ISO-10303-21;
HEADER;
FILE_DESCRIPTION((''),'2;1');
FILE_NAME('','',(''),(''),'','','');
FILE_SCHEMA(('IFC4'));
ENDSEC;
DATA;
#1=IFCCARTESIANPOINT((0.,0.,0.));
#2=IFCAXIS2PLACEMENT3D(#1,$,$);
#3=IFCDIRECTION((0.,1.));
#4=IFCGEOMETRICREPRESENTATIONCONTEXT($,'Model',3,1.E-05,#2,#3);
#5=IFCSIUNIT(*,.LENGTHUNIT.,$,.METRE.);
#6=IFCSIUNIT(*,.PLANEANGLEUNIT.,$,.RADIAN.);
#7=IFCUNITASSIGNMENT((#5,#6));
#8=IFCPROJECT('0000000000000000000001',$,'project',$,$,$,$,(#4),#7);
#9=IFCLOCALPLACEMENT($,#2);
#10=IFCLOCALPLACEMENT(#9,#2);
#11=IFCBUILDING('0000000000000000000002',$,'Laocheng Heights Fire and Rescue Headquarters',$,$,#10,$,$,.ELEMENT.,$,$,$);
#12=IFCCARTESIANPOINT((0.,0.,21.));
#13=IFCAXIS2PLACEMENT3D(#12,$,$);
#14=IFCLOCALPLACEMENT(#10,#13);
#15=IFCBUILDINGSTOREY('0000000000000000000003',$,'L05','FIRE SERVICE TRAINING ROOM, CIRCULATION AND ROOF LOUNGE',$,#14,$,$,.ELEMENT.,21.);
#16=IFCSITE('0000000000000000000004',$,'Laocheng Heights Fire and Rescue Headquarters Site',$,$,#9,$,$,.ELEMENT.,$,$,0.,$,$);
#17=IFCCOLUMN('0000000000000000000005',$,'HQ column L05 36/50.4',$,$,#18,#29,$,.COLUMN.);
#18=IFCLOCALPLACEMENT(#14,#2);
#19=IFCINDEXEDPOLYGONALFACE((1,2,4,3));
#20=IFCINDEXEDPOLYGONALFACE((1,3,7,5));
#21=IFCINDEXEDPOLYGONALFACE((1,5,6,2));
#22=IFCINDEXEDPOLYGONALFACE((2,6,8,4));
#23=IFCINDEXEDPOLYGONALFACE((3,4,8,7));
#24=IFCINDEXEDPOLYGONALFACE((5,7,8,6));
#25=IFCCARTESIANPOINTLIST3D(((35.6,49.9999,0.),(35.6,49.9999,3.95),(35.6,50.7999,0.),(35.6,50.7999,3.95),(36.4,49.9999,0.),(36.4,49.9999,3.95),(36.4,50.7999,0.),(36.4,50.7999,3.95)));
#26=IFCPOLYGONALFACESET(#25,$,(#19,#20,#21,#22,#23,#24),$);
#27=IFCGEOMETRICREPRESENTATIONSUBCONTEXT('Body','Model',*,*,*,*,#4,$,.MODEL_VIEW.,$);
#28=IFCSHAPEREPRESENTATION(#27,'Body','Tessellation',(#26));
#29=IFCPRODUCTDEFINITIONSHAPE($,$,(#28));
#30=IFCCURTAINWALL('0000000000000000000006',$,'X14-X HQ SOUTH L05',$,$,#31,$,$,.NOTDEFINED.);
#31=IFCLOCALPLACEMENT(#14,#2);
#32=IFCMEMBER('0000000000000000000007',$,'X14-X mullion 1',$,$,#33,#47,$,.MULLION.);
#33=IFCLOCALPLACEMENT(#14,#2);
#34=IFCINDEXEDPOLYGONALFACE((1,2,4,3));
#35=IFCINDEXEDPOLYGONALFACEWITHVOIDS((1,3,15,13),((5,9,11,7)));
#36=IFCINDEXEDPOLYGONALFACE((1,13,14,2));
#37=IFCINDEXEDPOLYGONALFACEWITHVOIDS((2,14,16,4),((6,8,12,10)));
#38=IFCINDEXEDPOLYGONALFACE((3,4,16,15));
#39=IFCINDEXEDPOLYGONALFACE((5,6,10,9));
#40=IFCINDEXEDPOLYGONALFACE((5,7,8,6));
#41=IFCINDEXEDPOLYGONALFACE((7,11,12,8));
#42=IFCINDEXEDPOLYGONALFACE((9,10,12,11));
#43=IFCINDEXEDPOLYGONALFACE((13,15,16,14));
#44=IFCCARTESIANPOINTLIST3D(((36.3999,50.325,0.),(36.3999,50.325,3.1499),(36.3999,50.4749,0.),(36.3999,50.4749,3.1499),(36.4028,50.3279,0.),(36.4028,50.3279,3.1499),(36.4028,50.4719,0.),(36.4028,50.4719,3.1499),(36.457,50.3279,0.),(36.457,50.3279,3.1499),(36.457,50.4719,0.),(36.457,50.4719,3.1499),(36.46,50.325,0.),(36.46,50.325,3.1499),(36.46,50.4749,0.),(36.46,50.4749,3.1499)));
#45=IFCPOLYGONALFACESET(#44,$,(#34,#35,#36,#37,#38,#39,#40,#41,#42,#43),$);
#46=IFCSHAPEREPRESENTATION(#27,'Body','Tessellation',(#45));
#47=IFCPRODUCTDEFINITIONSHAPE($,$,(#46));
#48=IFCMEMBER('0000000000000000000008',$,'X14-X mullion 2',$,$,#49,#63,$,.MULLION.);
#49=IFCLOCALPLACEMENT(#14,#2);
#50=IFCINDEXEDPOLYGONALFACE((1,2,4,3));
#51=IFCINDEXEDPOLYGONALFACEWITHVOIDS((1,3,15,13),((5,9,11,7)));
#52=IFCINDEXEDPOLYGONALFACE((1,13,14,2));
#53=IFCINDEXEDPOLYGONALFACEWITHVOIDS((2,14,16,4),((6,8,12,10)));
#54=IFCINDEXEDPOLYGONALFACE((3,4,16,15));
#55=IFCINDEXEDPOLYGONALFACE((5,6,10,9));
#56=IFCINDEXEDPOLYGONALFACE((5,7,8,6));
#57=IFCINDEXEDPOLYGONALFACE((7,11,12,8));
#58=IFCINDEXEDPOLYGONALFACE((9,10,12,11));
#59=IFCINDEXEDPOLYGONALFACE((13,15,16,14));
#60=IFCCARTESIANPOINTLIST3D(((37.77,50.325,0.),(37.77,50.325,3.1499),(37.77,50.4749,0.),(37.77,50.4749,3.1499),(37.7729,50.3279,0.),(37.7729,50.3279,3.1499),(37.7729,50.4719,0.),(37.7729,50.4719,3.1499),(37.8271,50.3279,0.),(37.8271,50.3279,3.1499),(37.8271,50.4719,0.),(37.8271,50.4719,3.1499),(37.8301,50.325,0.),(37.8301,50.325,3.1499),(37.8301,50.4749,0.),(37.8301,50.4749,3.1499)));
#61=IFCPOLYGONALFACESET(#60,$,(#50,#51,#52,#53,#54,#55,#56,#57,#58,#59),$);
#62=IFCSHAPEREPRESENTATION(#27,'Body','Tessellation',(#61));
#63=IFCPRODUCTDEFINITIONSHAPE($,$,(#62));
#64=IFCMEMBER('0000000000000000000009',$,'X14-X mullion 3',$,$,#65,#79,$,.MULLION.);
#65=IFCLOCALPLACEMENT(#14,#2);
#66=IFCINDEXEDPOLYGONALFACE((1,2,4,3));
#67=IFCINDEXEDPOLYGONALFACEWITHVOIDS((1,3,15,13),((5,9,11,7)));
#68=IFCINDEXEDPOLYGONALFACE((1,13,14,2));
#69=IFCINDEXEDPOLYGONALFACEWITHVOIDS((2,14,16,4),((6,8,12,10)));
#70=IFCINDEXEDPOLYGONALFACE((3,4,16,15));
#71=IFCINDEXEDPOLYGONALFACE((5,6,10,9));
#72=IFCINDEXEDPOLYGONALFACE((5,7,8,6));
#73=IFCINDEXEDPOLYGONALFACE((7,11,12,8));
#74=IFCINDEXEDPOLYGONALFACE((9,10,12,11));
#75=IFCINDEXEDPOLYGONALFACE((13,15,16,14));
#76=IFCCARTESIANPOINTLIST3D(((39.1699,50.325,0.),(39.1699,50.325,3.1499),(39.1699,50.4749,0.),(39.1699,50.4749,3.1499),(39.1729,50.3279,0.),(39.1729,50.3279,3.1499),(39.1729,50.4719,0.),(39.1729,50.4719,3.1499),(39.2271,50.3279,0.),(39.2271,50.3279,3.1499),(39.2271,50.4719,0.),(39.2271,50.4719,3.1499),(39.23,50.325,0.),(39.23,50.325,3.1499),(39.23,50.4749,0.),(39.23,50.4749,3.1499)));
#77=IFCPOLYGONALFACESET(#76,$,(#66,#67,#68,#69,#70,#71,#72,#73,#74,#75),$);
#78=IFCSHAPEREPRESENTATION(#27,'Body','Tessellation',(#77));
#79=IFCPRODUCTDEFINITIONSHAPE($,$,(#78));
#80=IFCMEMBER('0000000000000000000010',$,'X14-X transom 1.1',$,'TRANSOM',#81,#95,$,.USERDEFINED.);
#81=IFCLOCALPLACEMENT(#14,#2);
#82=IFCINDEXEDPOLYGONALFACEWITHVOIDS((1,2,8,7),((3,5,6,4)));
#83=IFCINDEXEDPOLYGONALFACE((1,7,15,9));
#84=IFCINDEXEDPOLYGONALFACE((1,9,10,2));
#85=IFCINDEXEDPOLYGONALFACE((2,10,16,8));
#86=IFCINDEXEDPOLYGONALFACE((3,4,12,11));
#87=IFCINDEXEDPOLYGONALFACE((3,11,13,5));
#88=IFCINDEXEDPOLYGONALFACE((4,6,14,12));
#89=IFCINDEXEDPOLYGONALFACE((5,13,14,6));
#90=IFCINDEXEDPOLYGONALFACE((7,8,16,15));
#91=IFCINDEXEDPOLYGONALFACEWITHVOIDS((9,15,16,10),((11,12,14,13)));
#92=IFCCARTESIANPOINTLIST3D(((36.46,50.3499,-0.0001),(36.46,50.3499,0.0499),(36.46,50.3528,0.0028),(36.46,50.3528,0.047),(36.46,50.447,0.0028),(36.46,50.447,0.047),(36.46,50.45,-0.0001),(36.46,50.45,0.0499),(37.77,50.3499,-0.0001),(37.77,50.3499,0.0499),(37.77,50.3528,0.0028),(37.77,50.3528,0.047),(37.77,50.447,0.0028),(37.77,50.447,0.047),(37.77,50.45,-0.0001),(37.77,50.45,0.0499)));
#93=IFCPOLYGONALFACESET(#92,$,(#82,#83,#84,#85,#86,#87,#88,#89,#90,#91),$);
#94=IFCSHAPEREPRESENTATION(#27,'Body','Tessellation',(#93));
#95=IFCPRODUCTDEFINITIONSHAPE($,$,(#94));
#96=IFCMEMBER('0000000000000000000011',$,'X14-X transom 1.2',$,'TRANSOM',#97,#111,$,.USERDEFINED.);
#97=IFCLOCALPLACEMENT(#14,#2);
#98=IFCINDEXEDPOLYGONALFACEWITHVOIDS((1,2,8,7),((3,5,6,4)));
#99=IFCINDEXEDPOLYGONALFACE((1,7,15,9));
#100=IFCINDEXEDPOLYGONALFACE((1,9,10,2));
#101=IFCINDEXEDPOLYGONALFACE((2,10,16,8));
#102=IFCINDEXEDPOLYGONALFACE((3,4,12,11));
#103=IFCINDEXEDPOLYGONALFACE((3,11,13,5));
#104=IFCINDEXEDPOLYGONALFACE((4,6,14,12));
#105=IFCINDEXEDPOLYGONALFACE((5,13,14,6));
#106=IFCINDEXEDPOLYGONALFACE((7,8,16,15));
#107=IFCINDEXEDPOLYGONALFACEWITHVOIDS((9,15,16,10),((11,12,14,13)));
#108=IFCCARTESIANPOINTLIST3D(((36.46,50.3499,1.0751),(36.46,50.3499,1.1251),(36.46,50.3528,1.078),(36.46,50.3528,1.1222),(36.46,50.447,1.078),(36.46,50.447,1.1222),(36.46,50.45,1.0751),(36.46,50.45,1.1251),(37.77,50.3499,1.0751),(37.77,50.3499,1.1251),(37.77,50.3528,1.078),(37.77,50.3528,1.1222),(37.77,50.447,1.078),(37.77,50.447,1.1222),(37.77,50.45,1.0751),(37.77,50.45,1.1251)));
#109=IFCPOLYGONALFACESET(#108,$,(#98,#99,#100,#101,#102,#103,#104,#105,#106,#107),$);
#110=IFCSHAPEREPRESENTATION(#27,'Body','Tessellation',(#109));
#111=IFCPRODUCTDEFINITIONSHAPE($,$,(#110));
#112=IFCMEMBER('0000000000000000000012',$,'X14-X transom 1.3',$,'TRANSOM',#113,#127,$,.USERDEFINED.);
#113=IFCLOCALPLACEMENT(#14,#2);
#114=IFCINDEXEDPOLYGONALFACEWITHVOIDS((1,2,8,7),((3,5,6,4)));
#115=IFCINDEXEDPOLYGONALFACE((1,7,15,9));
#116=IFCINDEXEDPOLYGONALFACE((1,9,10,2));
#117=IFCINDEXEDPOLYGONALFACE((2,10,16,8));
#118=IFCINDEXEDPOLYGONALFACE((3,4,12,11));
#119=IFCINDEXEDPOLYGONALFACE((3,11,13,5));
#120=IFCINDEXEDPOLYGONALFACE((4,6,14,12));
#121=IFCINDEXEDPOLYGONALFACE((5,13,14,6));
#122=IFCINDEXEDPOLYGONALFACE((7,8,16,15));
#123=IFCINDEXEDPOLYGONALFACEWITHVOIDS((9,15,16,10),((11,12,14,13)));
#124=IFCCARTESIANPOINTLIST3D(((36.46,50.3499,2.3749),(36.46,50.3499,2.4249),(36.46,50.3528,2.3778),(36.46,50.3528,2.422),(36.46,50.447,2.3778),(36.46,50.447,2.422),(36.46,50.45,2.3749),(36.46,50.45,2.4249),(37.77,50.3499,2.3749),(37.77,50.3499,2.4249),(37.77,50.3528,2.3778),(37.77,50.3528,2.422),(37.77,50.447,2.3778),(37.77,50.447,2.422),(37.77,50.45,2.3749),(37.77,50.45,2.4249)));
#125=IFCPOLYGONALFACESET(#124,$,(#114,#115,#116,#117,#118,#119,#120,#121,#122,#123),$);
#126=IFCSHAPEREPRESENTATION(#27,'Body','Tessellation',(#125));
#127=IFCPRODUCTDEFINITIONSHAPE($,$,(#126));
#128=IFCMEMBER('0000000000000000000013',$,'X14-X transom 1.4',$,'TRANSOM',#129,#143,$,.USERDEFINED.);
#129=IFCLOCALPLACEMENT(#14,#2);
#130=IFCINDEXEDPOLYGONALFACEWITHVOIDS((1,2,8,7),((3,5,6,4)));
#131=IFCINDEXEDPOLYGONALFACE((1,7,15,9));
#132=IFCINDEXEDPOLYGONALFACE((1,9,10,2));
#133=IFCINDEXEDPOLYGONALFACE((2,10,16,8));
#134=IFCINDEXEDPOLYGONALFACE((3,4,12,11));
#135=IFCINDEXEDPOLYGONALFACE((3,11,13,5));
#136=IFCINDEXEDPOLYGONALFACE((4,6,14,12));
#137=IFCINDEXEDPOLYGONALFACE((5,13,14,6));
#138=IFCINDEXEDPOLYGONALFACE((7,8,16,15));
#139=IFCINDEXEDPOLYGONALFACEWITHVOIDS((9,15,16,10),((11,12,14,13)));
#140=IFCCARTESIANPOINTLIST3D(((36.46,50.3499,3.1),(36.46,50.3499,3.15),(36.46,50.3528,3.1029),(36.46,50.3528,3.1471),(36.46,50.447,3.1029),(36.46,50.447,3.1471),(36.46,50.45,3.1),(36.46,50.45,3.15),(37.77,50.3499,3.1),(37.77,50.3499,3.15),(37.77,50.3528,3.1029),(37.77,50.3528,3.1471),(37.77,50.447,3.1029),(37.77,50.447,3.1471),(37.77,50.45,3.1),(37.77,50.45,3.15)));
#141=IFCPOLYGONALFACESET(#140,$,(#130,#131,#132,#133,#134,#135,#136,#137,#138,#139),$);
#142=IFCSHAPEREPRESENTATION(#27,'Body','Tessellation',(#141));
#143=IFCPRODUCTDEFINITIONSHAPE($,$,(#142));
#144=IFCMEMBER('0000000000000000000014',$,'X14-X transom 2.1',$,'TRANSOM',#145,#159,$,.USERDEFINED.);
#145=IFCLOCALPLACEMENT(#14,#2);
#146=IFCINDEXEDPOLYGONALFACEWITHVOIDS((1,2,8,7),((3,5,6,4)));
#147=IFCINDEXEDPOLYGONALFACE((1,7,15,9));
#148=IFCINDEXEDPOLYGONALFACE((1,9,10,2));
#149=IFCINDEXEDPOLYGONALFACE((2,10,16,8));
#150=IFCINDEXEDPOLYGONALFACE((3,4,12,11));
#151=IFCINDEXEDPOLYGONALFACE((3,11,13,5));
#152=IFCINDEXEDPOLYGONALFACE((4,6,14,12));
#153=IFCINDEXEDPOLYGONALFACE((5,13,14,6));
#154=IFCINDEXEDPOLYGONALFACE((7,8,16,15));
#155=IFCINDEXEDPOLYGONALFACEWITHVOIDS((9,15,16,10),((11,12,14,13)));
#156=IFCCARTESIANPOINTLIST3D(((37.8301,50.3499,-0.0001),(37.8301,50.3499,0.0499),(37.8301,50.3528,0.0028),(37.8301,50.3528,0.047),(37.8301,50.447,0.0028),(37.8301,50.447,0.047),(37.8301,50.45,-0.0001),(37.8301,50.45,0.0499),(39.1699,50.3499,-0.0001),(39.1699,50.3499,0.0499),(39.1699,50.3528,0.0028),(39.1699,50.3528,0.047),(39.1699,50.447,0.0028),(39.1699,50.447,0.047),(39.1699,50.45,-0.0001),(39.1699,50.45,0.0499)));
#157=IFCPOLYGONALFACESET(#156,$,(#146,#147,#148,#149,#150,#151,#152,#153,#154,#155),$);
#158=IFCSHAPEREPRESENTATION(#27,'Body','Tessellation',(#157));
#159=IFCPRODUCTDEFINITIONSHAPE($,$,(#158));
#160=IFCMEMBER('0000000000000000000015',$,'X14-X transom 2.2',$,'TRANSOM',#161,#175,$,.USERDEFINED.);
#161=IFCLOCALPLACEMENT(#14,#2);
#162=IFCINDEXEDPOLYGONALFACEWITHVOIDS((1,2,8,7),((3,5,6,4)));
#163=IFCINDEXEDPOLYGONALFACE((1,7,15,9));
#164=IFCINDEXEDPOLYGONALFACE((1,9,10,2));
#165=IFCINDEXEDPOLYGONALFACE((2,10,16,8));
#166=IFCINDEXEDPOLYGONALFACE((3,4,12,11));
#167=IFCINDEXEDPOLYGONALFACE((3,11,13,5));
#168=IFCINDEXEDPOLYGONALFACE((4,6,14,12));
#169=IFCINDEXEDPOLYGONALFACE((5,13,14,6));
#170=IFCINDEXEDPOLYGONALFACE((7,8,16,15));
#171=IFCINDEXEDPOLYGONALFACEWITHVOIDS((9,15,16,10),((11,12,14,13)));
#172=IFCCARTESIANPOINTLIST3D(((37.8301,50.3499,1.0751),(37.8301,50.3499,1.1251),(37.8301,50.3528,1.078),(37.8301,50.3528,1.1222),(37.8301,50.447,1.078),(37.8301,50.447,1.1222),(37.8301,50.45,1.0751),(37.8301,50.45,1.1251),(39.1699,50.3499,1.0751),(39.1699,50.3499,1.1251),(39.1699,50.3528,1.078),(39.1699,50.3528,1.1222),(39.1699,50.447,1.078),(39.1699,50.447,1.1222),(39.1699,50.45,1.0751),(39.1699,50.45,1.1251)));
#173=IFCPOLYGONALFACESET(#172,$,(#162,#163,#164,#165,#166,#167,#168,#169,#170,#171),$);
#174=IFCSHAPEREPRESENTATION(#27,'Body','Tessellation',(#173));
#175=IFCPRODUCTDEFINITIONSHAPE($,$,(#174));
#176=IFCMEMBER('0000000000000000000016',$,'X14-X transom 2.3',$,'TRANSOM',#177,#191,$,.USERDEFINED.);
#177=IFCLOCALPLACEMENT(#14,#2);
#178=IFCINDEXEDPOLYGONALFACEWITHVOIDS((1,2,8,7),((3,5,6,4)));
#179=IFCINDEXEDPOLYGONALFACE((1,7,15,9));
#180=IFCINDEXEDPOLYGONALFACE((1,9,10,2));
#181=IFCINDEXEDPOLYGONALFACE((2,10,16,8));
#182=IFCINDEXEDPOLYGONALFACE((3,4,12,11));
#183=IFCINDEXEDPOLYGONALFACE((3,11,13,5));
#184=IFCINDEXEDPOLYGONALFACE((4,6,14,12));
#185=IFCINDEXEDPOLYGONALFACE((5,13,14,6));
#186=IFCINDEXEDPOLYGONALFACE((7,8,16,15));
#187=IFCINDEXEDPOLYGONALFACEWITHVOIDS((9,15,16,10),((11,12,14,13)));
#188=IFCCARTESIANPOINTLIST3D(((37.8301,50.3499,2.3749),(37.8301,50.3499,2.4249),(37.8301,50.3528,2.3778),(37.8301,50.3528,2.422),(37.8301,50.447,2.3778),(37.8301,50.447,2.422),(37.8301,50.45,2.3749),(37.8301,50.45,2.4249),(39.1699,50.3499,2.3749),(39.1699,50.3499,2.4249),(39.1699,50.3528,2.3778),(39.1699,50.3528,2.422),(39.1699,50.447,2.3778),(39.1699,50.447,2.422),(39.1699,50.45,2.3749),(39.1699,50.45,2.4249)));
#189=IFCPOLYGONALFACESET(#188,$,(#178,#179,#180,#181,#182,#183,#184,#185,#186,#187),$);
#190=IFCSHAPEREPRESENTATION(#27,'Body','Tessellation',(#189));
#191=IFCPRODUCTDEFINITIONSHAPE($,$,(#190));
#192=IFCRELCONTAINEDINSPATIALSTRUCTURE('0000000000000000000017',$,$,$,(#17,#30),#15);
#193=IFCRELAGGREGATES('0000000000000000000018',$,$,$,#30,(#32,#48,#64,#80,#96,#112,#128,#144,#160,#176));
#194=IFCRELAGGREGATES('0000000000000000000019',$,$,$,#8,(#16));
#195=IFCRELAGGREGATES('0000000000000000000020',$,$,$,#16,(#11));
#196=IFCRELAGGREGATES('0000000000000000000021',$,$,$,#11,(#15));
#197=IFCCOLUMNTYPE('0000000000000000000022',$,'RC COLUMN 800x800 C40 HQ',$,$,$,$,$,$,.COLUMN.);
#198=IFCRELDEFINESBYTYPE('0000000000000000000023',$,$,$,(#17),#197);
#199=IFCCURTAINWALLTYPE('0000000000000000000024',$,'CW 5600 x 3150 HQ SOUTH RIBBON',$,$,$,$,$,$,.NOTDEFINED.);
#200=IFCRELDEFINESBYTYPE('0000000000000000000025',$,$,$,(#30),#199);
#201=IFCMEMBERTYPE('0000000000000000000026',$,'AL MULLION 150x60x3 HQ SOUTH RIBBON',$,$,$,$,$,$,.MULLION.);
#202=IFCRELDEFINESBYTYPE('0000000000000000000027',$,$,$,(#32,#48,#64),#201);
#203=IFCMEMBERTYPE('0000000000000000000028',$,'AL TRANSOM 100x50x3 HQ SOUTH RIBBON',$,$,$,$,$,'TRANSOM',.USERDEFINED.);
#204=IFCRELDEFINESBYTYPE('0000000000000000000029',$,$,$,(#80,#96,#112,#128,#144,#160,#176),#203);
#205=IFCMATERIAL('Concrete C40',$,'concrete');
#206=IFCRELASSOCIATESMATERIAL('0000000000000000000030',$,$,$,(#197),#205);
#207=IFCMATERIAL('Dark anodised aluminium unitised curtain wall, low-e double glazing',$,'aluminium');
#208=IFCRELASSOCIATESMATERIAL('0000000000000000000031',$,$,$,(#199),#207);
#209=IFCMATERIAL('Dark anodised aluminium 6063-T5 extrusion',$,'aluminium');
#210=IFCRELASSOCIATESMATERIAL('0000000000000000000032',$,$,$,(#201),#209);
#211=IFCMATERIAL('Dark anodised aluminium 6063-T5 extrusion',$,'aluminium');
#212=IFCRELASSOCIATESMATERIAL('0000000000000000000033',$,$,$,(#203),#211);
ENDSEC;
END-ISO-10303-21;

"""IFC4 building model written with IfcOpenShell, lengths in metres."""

from ifc_helpers import new_model, si_unit, direction, frame, origin, origin_2d, place, context, subcontext, project, spatial, rectangle, hollow_rectangle, extrude, material, material_profile, profile_set, type_object, element, aggregate, save


model = new_model("IFC4")

# Units and contexts
model_context = context("Model", 3, precision=1e-05, world=origin(), true_north=direction((0.0, 1.0)))
body_context = subcontext(model_context, "Body", "Model", "MODEL_VIEW")
ifc_project = project(units=[si_unit("LENGTHUNIT", "METRE"), si_unit("PLANEANGLEUNIT", "RADIAN")], contexts=[model_context])

# Site, building, storey
site_placement = place(None, origin())
site = spatial("IfcSite", under=ifc_project, at=site_placement, Name="Laocheng Heights Fire and Rescue Headquarters Site", CompositionType="ELEMENT", RefElevation=0.0)
building_placement = place(site_placement, origin())
building = spatial("IfcBuilding", under=site, at=building_placement, Name="Laocheng Heights Fire and Rescue Headquarters", CompositionType="ELEMENT")
storey_placement = place(building_placement, frame((0.0, 0.0, 21.0)))
storey = spatial("IfcBuildingStorey", under=building, at=storey_placement, Name="L05", Description="FIRE SERVICE TRAINING ROOM, CIRCULATION AND ROOF LOUNGE", CompositionType="ELEMENT", Elevation=21.0)

# Column
ifc_material_1 = material(Name="Concrete C40", Category="concrete")
ifc_material_profile_1 = material_profile(ifc_material_1, rectangle(XDim=0.8, YDim=0.8, at=origin_2d()), Name="RC COLUMN 800x800 C40 HQ")
ifc_profile_set_1 = profile_set([ifc_material_profile_1], Name="Concrete C40")
column_type = type_object("IfcColumnType", Name="RC COLUMN 800x800 C40 HQ", PredefinedType="COLUMN", material=ifc_profile_set_1)
column_placement = place(storey_placement, frame((36.0, 50.3999, 0.0), z_axis=(0.0, 0.0, 1.0), x_axis=(1.0, 0.0, 0.0)))
element("IfcColumn", 1, at=column_placement, inside=storey, type_object=column_type, Name="HQ column L05 36/50.4", PredefinedType="COLUMN", context=body_context, shape_type="SweptSolid", body=[
    extrude(rectangle(XDim=0.8, YDim=0.8, at=origin_2d()), origin(), (0.0, 0.0, 1.0), 3.95),
])

# Curtain wall, members
ifc_material_2 = material(Name="Dark anodised aluminium unitised curtain wall, low-e double glazing", Category="aluminium")
curtain_wall_type = type_object("IfcCurtainWallType", Name="CW 5600 x 3150 HQ SOUTH RIBBON", PredefinedType="NOTDEFINED", material=ifc_material_2)
curtain_wall_placement = place(storey_placement, origin())
curtain_wall = element("IfcCurtainWall", 2, at=curtain_wall_placement, inside=storey, type_object=curtain_wall_type, Name="X14-X HQ SOUTH L05", PredefinedType="NOTDEFINED")
ifc_material_3 = material(Name="Dark anodised aluminium 6063-T5 extrusion", Category="aluminium")
ifc_material_profile_2 = material_profile(ifc_material_3, hollow_rectangle(XDim=0.1499, YDim=0.0601, WallThickness=0.0029, at=origin_2d()), Name="AL MULLION 150x60x3 HQ SOUTH RIBBON")
ifc_profile_set_2 = profile_set([ifc_material_profile_2], Name="Dark anodised aluminium 6063-T5 extrusion")
member_type_1 = type_object("IfcMemberType", Name="AL MULLION 150x60x3 HQ SOUTH RIBBON", PredefinedType="MULLION", material=ifc_profile_set_2)
member_1_placement = place(storey_placement, frame((36.4299, 50.3999, 0.0), z_axis=(0.0, 0.0, 1.0), x_axis=(0.0, 1.0, 0.0)))
member_1 = element("IfcMember", 3, at=member_1_placement, type_object=member_type_1, Name="X14-X mullion 1", PredefinedType="MULLION", context=body_context, shape_type="SweptSolid", body=[
    extrude(hollow_rectangle(XDim=0.1499, YDim=0.0601, WallThickness=0.0029, at=origin_2d()), origin(), (0.0, 0.0, 1.0), 3.1499),
])
member_2_placement = place(storey_placement, frame((37.8, 50.3999, 0.0), z_axis=(0.0, 0.0, 1.0), x_axis=(0.0, 1.0, 0.0)))
member_2 = element("IfcMember", 4, at=member_2_placement, type_object=member_type_1, Name="X14-X mullion 2", PredefinedType="MULLION", context=body_context, shape_type="SweptSolid", body=[
    extrude(hollow_rectangle(XDim=0.1499, YDim=0.0601, WallThickness=0.0029, at=origin_2d()), origin(), (0.0, 0.0, 1.0), 3.1499),
])
member_3_placement = place(storey_placement, frame((39.2, 50.3999, 0.0), z_axis=(0.0, 0.0, 1.0), x_axis=(0.0, 1.0, 0.0)))
member_3 = element("IfcMember", 5, at=member_3_placement, type_object=member_type_1, Name="X14-X mullion 3", PredefinedType="MULLION", context=body_context, shape_type="SweptSolid", body=[
    extrude(hollow_rectangle(XDim=0.1499, YDim=0.0601, WallThickness=0.0029, at=origin_2d()), origin(), (0.0, 0.0, 1.0), 3.1499),
])
ifc_material_4 = material(Name="Dark anodised aluminium 6063-T5 extrusion", Category="aluminium")
ifc_material_profile_3 = material_profile(ifc_material_4, hollow_rectangle(XDim=0.1001, YDim=0.05, WallThickness=0.0029, at=origin_2d()), Name="AL TRANSOM 100x50x3 HQ SOUTH RIBBON")
ifc_profile_set_3 = profile_set([ifc_material_profile_3], Name="Dark anodised aluminium 6063-T5 extrusion")
member_type_2 = type_object("IfcMemberType", Name="AL TRANSOM 100x50x3 HQ SOUTH RIBBON", ElementType="TRANSOM", PredefinedType="USERDEFINED", material=ifc_profile_set_3)
member_4_placement = place(storey_placement, frame((36.46, 50.3999, 0.0249), z_axis=(1.0, 0.0, 0.0), x_axis=(0.0, 1.0, 0.0)))
member_4 = element("IfcMember", 6, at=member_4_placement, type_object=member_type_2, Name="X14-X transom 1.1", ObjectType="TRANSOM", PredefinedType="USERDEFINED", context=body_context, shape_type="SweptSolid", body=[
    extrude(hollow_rectangle(XDim=0.1001, YDim=0.05, WallThickness=0.0029, at=origin_2d()), origin(), (0.0, 0.0, 1.0), 1.3101),
])
member_5_placement = place(storey_placement, frame((36.46, 50.3999, 1.1001), z_axis=(1.0, 0.0, 0.0), x_axis=(0.0, 1.0, 0.0)))
member_5 = element("IfcMember", 7, at=member_5_placement, type_object=member_type_2, Name="X14-X transom 1.2", ObjectType="TRANSOM", PredefinedType="USERDEFINED", context=body_context, shape_type="SweptSolid", body=[
    extrude(hollow_rectangle(XDim=0.1001, YDim=0.05, WallThickness=0.0029, at=origin_2d()), origin(), (0.0, 0.0, 1.0), 1.3101),
])
member_6_placement = place(storey_placement, frame((36.46, 50.3999, 2.3999), z_axis=(1.0, 0.0, 0.0), x_axis=(0.0, 1.0, 0.0)))
member_6 = element("IfcMember", 8, at=member_6_placement, type_object=member_type_2, Name="X14-X transom 1.3", ObjectType="TRANSOM", PredefinedType="USERDEFINED", context=body_context, shape_type="SweptSolid", body=[
    extrude(hollow_rectangle(XDim=0.1001, YDim=0.05, WallThickness=0.0029, at=origin_2d()), origin(), (0.0, 0.0, 1.0), 1.3101),
])
member_7_placement = place(storey_placement, frame((36.46, 50.3999, 3.125), z_axis=(1.0, 0.0, 0.0), x_axis=(0.0, 1.0, 0.0)))
member_7 = element("IfcMember", 9, at=member_7_placement, type_object=member_type_2, Name="X14-X transom 1.4", ObjectType="TRANSOM", PredefinedType="USERDEFINED", context=body_context, shape_type="SweptSolid", body=[
    extrude(hollow_rectangle(XDim=0.1001, YDim=0.05, WallThickness=0.0029, at=origin_2d()), origin(), (0.0, 0.0, 1.0), 1.3101),
])
member_8_placement = place(storey_placement, frame((37.8301, 50.3999, 0.0249), z_axis=(1.0, 0.0, 0.0), x_axis=(0.0, 1.0, 0.0)))
member_8 = element("IfcMember", 10, at=member_8_placement, type_object=member_type_2, Name="X14-X transom 2.1", ObjectType="TRANSOM", PredefinedType="USERDEFINED", context=body_context, shape_type="SweptSolid", body=[
    extrude(hollow_rectangle(XDim=0.1001, YDim=0.05, WallThickness=0.0029, at=origin_2d()), origin(), (0.0, 0.0, 1.0), 1.3398),
])
member_9_placement = place(storey_placement, frame((37.8301, 50.3999, 1.1001), z_axis=(1.0, 0.0, 0.0), x_axis=(0.0, 1.0, 0.0)))
member_9 = element("IfcMember", 11, at=member_9_placement, type_object=member_type_2, Name="X14-X transom 2.2", ObjectType="TRANSOM", PredefinedType="USERDEFINED", context=body_context, shape_type="SweptSolid", body=[
    extrude(hollow_rectangle(XDim=0.1001, YDim=0.05, WallThickness=0.0029, at=origin_2d()), origin(), (0.0, 0.0, 1.0), 1.3398),
])
member_10_placement = place(storey_placement, frame((37.8301, 50.3999, 2.3999), z_axis=(1.0, 0.0, 0.0), x_axis=(0.0, 1.0, 0.0)))
member_10 = element("IfcMember", 12, at=member_10_placement, type_object=member_type_2, Name="X14-X transom 2.3", ObjectType="TRANSOM", PredefinedType="USERDEFINED", context=body_context, shape_type="SweptSolid", body=[
    extrude(hollow_rectangle(XDim=0.1001, YDim=0.05, WallThickness=0.0029, at=origin_2d()), origin(), (0.0, 0.0, 1.0), 1.3398),
])
aggregate(curtain_wall, [member_1, member_2, member_3, member_4, member_5, member_6, member_7, member_8, member_9, member_10])

save(model, "model.ifc")
